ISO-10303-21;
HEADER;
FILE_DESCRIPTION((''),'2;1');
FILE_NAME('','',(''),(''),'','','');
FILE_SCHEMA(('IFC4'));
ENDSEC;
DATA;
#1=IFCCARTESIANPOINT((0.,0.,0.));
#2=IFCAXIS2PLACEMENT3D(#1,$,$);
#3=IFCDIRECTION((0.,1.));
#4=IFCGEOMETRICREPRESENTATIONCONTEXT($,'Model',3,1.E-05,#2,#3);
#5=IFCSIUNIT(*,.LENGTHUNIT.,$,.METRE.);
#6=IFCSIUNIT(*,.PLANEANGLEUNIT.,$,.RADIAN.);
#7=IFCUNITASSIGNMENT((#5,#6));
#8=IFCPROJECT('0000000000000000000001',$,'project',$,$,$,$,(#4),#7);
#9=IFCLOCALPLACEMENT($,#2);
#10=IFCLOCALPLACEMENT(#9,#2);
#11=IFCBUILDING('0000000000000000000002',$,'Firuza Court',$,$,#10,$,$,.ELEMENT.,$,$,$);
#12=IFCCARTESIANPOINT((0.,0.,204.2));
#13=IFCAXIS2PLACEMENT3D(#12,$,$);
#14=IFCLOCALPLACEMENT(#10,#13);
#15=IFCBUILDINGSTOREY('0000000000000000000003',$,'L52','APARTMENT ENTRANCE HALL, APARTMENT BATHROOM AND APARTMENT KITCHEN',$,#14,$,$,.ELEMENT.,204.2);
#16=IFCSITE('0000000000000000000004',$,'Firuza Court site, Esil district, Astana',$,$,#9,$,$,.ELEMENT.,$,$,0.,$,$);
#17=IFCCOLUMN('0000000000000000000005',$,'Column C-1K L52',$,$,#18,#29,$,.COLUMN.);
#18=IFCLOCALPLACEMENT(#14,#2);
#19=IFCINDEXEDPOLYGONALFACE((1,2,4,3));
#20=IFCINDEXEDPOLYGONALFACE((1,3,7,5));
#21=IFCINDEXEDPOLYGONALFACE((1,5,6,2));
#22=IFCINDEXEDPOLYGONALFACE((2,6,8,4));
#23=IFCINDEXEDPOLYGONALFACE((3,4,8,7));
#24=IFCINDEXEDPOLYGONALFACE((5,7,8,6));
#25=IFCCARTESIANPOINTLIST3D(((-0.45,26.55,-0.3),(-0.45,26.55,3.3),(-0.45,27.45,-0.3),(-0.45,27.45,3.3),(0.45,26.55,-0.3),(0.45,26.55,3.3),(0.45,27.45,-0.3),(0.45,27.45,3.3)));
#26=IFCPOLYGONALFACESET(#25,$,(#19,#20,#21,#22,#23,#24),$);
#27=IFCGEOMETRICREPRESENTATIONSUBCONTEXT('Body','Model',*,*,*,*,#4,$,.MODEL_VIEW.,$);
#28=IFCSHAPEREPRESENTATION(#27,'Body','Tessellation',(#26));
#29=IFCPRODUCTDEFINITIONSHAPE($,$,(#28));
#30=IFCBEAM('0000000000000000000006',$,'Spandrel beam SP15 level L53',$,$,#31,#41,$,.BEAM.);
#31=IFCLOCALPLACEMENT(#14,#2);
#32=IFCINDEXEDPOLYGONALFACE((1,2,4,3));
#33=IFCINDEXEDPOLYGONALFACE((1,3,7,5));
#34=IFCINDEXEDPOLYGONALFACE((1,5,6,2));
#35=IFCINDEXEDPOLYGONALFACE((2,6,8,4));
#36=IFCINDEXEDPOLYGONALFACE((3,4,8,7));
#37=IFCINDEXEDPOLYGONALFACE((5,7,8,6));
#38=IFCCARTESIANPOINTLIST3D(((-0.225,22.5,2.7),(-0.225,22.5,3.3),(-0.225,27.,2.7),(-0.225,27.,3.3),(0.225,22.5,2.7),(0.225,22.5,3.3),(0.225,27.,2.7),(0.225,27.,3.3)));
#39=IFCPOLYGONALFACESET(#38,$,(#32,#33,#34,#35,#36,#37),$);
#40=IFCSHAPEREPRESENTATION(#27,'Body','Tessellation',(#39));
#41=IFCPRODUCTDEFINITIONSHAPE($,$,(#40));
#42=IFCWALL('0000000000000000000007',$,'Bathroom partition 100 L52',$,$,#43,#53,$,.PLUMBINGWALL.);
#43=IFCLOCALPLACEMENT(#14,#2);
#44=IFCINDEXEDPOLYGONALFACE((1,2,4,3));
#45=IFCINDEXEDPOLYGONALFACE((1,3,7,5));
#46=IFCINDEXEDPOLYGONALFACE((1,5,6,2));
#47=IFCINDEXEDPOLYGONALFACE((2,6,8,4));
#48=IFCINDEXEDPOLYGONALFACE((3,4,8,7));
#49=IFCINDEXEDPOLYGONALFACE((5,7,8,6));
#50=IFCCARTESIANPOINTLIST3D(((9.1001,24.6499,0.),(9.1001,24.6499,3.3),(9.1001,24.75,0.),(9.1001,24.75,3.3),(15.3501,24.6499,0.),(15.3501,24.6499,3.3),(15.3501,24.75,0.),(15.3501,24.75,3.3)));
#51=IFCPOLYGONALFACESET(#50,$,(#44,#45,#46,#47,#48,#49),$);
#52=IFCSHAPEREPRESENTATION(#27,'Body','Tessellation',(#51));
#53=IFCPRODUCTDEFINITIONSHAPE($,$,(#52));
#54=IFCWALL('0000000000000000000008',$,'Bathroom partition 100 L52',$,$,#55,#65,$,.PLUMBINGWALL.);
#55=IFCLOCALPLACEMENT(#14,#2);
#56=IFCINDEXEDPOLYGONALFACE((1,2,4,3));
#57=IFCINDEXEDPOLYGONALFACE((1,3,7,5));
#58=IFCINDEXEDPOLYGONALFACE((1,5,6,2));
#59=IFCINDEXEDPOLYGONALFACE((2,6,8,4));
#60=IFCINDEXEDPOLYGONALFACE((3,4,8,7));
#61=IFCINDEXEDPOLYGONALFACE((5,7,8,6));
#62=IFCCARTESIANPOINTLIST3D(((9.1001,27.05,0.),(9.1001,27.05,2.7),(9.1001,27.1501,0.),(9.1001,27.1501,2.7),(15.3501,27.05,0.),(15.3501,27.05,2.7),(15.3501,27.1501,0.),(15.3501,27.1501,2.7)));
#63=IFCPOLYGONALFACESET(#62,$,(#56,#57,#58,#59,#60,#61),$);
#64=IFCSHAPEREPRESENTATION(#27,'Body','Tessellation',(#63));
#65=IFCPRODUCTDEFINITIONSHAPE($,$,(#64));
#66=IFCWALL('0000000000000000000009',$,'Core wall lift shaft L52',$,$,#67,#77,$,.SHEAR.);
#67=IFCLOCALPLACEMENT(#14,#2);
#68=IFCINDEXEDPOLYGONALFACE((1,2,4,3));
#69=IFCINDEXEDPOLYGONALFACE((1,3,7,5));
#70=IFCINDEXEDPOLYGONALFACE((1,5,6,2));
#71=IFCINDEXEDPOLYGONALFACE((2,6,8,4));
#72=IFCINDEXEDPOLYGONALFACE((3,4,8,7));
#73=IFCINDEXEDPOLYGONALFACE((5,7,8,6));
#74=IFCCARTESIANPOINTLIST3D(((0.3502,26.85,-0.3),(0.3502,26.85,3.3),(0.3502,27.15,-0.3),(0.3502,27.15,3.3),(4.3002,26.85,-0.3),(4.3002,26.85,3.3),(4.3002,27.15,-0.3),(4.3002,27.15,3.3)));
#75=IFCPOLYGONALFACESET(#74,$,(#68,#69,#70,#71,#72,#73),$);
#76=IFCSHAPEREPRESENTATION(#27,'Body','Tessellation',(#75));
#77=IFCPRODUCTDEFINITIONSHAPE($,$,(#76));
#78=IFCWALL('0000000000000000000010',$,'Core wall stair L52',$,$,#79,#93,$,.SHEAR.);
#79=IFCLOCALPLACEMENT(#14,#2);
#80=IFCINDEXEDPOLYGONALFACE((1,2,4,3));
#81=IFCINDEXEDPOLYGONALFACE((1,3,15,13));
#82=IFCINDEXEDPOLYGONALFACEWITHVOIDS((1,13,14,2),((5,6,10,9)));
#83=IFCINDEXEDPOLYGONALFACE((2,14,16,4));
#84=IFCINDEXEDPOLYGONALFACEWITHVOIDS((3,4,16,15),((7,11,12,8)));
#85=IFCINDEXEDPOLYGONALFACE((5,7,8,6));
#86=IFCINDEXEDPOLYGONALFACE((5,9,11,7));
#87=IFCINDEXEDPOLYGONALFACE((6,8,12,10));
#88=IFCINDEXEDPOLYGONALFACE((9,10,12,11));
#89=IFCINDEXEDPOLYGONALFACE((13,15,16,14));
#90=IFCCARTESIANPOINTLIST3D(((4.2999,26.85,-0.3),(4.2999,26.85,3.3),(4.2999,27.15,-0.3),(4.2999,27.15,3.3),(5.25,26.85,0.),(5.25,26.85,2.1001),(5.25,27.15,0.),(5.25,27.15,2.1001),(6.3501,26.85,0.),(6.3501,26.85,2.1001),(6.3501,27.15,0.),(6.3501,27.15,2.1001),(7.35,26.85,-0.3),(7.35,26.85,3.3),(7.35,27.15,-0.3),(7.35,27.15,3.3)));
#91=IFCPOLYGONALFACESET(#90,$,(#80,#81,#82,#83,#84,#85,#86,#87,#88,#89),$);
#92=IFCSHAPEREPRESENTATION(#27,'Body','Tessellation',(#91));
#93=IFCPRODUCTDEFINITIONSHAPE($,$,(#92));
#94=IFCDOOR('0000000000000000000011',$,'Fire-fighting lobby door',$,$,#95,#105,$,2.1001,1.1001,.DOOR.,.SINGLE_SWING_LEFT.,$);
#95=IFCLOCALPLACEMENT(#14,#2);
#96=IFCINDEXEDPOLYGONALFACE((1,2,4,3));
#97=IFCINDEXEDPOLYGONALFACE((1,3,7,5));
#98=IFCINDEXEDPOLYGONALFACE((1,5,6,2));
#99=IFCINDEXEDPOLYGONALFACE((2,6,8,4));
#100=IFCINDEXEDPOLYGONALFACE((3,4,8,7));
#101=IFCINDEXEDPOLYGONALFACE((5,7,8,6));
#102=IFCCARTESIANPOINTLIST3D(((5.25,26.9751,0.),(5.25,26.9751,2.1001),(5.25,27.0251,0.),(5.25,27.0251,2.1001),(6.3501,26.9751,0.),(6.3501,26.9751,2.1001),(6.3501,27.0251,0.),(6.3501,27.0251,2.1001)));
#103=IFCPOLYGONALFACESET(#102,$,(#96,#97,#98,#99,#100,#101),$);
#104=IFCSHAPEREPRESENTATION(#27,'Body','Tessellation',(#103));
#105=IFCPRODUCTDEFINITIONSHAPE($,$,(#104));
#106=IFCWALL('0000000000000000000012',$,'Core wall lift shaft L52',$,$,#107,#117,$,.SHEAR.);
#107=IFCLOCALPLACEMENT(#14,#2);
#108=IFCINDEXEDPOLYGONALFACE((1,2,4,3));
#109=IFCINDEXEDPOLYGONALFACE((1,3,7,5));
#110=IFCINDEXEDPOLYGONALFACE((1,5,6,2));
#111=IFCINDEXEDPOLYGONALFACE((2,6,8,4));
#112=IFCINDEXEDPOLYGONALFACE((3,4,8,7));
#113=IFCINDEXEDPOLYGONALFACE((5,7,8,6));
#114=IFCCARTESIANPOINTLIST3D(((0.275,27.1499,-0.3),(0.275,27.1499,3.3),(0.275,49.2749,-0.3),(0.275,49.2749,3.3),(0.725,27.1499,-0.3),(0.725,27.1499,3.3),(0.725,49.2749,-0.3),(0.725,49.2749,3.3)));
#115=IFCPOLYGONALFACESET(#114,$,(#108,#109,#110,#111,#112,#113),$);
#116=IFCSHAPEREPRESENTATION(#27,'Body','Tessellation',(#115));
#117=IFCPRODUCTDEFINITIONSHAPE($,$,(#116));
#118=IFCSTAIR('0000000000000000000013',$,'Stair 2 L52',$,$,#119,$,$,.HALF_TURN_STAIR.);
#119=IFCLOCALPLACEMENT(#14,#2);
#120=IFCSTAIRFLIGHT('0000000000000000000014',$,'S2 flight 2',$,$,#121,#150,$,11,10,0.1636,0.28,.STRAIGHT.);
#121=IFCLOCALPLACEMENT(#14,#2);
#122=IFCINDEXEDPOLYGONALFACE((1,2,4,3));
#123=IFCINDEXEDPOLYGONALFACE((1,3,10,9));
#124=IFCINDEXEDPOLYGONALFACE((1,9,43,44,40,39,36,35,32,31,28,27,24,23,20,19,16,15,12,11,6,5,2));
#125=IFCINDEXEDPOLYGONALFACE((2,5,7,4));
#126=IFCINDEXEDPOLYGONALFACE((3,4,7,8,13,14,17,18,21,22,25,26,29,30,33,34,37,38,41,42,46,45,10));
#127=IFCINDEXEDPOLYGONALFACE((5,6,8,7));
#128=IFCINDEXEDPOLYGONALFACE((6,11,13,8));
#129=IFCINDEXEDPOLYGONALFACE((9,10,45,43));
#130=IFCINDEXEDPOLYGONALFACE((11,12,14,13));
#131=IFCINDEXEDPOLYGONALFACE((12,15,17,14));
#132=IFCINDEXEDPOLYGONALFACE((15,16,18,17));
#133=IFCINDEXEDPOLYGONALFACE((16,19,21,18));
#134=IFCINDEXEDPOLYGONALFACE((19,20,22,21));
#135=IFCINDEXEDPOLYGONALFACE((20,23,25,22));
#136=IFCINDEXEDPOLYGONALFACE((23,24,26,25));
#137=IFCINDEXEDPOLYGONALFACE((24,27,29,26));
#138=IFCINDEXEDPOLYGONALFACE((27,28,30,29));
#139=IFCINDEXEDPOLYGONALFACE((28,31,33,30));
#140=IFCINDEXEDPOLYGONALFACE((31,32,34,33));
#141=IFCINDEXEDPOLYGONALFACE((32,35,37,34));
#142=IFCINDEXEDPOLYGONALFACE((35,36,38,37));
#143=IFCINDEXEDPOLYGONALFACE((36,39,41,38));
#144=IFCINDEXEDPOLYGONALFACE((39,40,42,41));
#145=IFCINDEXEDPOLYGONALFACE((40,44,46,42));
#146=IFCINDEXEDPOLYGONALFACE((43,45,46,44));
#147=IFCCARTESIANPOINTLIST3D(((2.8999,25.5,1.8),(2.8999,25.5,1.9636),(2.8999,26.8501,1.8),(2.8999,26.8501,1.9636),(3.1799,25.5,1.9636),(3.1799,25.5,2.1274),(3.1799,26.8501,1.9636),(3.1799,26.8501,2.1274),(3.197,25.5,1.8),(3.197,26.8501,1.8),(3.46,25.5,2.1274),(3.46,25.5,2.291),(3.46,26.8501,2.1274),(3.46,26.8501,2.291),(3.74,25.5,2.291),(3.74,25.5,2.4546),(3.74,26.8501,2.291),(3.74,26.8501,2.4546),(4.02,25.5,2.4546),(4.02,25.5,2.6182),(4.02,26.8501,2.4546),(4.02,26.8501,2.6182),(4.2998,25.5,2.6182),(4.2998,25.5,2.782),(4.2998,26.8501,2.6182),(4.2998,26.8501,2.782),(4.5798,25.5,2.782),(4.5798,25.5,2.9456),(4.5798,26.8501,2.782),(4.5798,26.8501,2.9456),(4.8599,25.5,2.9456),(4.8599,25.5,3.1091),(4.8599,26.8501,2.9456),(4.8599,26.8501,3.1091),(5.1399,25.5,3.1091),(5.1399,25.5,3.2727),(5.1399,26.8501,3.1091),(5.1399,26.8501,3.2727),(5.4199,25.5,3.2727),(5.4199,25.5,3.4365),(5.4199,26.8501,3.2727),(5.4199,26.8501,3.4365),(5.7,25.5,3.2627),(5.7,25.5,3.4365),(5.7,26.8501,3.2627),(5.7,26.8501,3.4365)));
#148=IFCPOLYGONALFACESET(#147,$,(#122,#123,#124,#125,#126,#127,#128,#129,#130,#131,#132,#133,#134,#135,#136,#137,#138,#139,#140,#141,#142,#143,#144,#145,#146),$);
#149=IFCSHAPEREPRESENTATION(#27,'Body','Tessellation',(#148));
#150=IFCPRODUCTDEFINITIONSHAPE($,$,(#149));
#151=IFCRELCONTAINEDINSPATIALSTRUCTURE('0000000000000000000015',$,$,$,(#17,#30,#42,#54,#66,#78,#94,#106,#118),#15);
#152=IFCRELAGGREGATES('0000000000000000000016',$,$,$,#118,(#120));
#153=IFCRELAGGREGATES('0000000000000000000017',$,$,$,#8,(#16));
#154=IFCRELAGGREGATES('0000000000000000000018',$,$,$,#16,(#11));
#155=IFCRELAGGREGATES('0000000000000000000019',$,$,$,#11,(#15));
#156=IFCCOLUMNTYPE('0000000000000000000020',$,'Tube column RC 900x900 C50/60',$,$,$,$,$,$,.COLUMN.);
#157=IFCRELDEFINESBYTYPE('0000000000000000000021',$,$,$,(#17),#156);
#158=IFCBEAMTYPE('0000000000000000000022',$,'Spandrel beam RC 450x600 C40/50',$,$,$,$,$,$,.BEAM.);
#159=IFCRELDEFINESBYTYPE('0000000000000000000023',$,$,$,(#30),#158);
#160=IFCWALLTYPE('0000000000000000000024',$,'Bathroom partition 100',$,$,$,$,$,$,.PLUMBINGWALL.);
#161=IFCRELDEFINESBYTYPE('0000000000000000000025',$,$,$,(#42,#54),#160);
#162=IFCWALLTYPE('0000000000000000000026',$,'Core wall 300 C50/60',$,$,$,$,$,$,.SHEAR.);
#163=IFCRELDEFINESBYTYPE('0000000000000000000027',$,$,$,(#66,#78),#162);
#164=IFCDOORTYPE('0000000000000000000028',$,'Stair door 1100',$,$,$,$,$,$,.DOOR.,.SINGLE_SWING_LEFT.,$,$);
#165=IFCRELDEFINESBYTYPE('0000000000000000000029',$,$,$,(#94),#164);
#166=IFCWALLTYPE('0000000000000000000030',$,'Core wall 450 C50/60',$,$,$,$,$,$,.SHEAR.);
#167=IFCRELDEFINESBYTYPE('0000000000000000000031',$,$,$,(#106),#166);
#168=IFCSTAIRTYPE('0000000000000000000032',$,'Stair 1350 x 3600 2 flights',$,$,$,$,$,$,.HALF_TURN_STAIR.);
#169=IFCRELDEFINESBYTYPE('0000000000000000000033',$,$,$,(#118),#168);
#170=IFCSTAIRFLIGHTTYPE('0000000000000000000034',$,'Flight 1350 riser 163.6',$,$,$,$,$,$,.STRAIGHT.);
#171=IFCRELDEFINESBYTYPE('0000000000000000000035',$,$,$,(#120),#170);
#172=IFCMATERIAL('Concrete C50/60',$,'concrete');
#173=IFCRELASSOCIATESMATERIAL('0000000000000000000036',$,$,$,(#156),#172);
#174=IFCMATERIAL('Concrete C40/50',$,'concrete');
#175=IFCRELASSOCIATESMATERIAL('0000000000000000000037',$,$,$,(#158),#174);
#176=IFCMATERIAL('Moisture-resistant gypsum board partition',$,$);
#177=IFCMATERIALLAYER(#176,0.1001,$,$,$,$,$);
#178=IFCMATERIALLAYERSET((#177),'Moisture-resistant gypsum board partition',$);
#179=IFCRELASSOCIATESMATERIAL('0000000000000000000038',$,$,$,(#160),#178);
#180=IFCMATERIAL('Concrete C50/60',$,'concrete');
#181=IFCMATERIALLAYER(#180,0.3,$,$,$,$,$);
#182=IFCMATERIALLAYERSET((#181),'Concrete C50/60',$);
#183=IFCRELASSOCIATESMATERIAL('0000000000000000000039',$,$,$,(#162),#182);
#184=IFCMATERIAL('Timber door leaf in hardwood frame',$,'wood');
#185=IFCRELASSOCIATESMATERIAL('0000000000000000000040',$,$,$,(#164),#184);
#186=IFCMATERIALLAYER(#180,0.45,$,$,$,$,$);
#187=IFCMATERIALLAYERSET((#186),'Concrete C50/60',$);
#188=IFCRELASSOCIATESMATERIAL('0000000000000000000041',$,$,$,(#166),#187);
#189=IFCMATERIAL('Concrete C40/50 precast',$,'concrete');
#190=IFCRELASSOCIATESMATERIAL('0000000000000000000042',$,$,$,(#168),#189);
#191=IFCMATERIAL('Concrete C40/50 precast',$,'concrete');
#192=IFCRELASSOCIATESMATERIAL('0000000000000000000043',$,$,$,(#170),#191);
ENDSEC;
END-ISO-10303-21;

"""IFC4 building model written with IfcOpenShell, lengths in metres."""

from ifc_helpers import new_model, si_unit, direction, frame, frame_2d, origin, origin_2d, place, context, subcontext, project, spatial, polyline, rectangle, outline, extrude, material, layer, layer_set, material_profile, profile_set, type_object, element, fill, aggregate, save


model = new_model("IFC4")

# Units and contexts
model_context = context("Model", 3, precision=1e-05, world=origin(), true_north=direction((0.0, 1.0)))
body_context = subcontext(model_context, "Body", "Model", "MODEL_VIEW")
ifc_project = project(units=[si_unit("LENGTHUNIT", "METRE"), si_unit("PLANEANGLEUNIT", "RADIAN")], contexts=[model_context])

# Site, building, storey
site_placement = place(None, origin())
site = spatial("IfcSite", under=ifc_project, at=site_placement, Name="Firuza Court site, Esil district, Astana", CompositionType="ELEMENT", RefElevation=0.0)
building_placement = place(site_placement, origin())
building = spatial("IfcBuilding", under=site, at=building_placement, Name="Firuza Court", CompositionType="ELEMENT")
storey_placement = place(building_placement, frame((0.0, 0.0, 204.2)))
storey = spatial("IfcBuildingStorey", under=building, at=storey_placement, Name="L52", Description="APARTMENT ENTRANCE HALL, APARTMENT BATHROOM AND APARTMENT KITCHEN", CompositionType="ELEMENT", Elevation=204.2)

# Column
ifc_material_1 = material(Name="Concrete C50/60", Category="concrete")
ifc_material_profile_1 = material_profile(ifc_material_1, rectangle(XDim=0.8999, YDim=0.8999, at=origin_2d()), Name="RC 900x900")
ifc_profile_set_1 = profile_set([ifc_material_profile_1], Name="Concrete C50/60")
column_type = type_object("IfcColumnType", Name="Tube column RC 900x900 C50/60", PredefinedType="COLUMN", material=ifc_profile_set_1)
column_placement = place(storey_placement, frame((0.0, 27.0, -0.3), z_axis=(0.0, 0.0, 1.0), x_axis=(1.0, 0.0, 0.0)))
element("IfcColumn", 1, at=column_placement, inside=storey, type_object=column_type, Name="Column C-1K L52", PredefinedType="COLUMN", context=body_context, shape_type="SweptSolid", body=[
    extrude(rectangle(XDim=0.8999, YDim=0.8999, at=origin_2d()), origin(), (0.0, 0.0, 1.0), 3.6001),
])

# Beam
ifc_material_2 = material(Name="Concrete C40/50", Category="concrete")
ifc_material_profile_2 = material_profile(ifc_material_2, rectangle(XDim=0.45, YDim=0.6001, at=origin_2d()), Name="RC 450x600")
ifc_profile_set_2 = profile_set([ifc_material_profile_2], Name="Concrete C40/50")
beam_type = type_object("IfcBeamType", Name="Spandrel beam RC 450x600 C40/50", PredefinedType="BEAM", material=ifc_profile_set_2)
beam_placement = place(storey_placement, frame((0.0, 27.0, 3.0), z_axis=(0.0, -1.0, 0.0), x_axis=(1.0, 0.0, 0.0)))
element("IfcBeam", 2, at=beam_placement, inside=storey, type_object=beam_type, Name="Spandrel beam SP15 level L53", PredefinedType="BEAM", context=body_context, shape_type="SweptSolid", body=[
    extrude(rectangle(XDim=0.45, YDim=0.6001, at=origin_2d()), origin(), (0.0, 0.0, 1.0), 4.5),
])

# Walls
ifc_material_3 = material(Name="Moisture-resistant gypsum board partition")
ifc_layer_1 = layer(ifc_material_3, 0.1001)
ifc_layer_set_1 = layer_set([ifc_layer_1], Name="Moisture-resistant gypsum board partition")
wall_type_1 = type_object("IfcWallType", Name="Bathroom partition 100", PredefinedType="PLUMBINGWALL", material=ifc_layer_set_1)
wall_1_placement = place(storey_placement, frame((9.1001, 24.7, 0.0), z_axis=(0.0, 0.0, 1.0), x_axis=(1.0, 0.0, 0.0)))
element("IfcWall", 3, at=wall_1_placement, inside=storey, type_object=wall_type_1, Name="Bathroom partition 100 L52", PredefinedType="PLUMBINGWALL", context=body_context, shape_type="SweptSolid", body=[
    extrude(rectangle(XDim=6.25, YDim=0.1001, at=frame_2d((3.125, 0.0))), origin(), (0.0, 0.0, 1.0), 3.3),
])
wall_2_placement = place(storey_placement, frame((9.1001, 27.1001, 0.0), z_axis=(0.0, 0.0, 1.0), x_axis=(1.0, 0.0, 0.0)))
element("IfcWall", 4, at=wall_2_placement, inside=storey, type_object=wall_type_1, Name="Bathroom partition 100 L52", PredefinedType="PLUMBINGWALL", context=body_context, shape_type="SweptSolid", body=[
    extrude(rectangle(XDim=6.25, YDim=0.1001, at=frame_2d((3.125, 0.0))), origin(), (0.0, 0.0, 1.0), 2.7),
])
ifc_material_4 = material(Name="Concrete C50/60", Category="concrete")
ifc_layer_2 = layer(ifc_material_4, 0.3)
ifc_layer_set_2 = layer_set([ifc_layer_2], Name="Concrete C50/60")
wall_type_2 = type_object("IfcWallType", Name="Core wall 300 C50/60", PredefinedType="SHEAR", material=ifc_layer_set_2)
wall_3_placement = place(storey_placement, frame((0.3501, 27.0, -0.3), z_axis=(0.0, 0.0, 1.0), x_axis=(1.0, 0.0, 0.0)))
element("IfcWall", 5, at=wall_3_placement, inside=storey, type_object=wall_type_2, Name="Core wall lift shaft L52", PredefinedType="SHEAR", context=body_context, shape_type="SweptSolid", body=[
    extrude(rectangle(XDim=3.95, YDim=0.3, at=frame_2d((1.9751, 0.0))), origin(), (0.0, 0.0, 1.0), 3.6001),
])

# Wall, opening, door
wall_4_placement = place(storey_placement, frame((4.3, 27.0, -0.3), z_axis=(0.0, 0.0, 1.0), x_axis=(1.0, 0.0, 0.0)))
wall_4 = element("IfcWall", 6, at=wall_4_placement, inside=storey, type_object=wall_type_2, Name="Core wall stair L52", PredefinedType="SHEAR", context=body_context, shape_type="SweptSolid", body=[
    extrude(rectangle(XDim=3.05, YDim=0.3, at=frame_2d((1.5249, 0.0))), origin(), (0.0, 0.0, 1.0), 3.6001),
])
opening_1_placement = place(wall_4_placement, frame((0.95, 0.0, 0.3)))
opening_1 = element("IfcOpeningElement", 7, at=opening_1_placement, cuts=wall_4, PredefinedType="OPENING", context=body_context, shape_type="SweptSolid", body=[
    extrude(rectangle(XDim=1.1001, YDim=2.1001, at=frame_2d((0.55, 1.05))), frame((0.0, 0.1621, 0.0), z_axis=(0.0, -1.0, 0.0), x_axis=(1.0, 0.0, 0.0)), (0.0, 0.0, 1.0), 0.324),
])
ifc_material_5 = material(Name="Timber door leaf in hardwood frame", Category="wood")
door_type_1 = type_object("IfcDoorType", Name="Stair door 1100", OperationType="SINGLE_SWING_LEFT", PredefinedType="DOOR", material=ifc_material_5)
door_1_placement = place(opening_1_placement, frame((1.1001, 0.0, 0.0), z_axis=(0.0, 0.0, 1.0), x_axis=(-1.0, 0.0, 0.0)))
door_1 = element("IfcDoor", 8, at=door_1_placement, inside=storey, type_object=door_type_1, Name="Fire-fighting lobby door", OperationType="SINGLE_SWING_LEFT", OverallHeight=2.1001, OverallWidth=1.1001, PredefinedType="DOOR", context=body_context, shape_type="SweptSolid", body=[
    extrude(rectangle(XDim=1.1001, YDim=2.1001, at=frame_2d((0.55, 1.05))), frame((0.0, 0.0249, 0.0), z_axis=(0.0, -1.0, 0.0), x_axis=(1.0, 0.0, 0.0)), (0.0, 0.0, 1.0), 0.05),
])
fill(opening_1, door_1)

# Wall
ifc_layer_3 = layer(ifc_material_4, 0.45)
ifc_layer_set_3 = layer_set([ifc_layer_3], Name="Concrete C50/60")
wall_type_3 = type_object("IfcWallType", Name="Core wall 450 C50/60", PredefinedType="SHEAR", material=ifc_layer_set_3)
wall_5_placement = place(storey_placement, frame((0.5, 27.1499, -0.3), z_axis=(0.0, 0.0, 1.0), x_axis=(0.0, 1.0, 0.0)))
element("IfcWall", 9, at=wall_5_placement, inside=storey, type_object=wall_type_3, Name="Core wall lift shaft L52", PredefinedType="SHEAR", context=body_context, shape_type="SweptSolid", body=[
    extrude(rectangle(XDim=22.125, YDim=0.45, at=frame_2d((11.0625, 0.0))), origin(), (0.0, 0.0, 1.0), 3.6001),
])

# Stair, stair flight
ifc_material_6 = material(Name="Concrete C40/50 precast", Category="concrete")
stair_type = type_object("IfcStairType", Name="Stair 1350 x 3600 2 flights", PredefinedType="HALF_TURN_STAIR", material=ifc_material_6)
stair_placement = place(storey_placement, origin())
stair = element("IfcStair", 10, at=stair_placement, inside=storey, type_object=stair_type, Name="Stair 2 L52", PredefinedType="HALF_TURN_STAIR")
ifc_material_7 = material(Name="Concrete C40/50 precast", Category="concrete")
stair_flight_type = type_object("IfcStairFlightType", Name="Flight 1350 riser 163.6", PredefinedType="STRAIGHT", material=ifc_material_7)
stair_flight_placement = place(storey_placement, frame((2.8999, 26.175, 1.8), z_axis=(0.0, 0.0, 1.0), x_axis=(1.0, 0.0, 0.0)))
stair_flight = element("IfcStairFlight", 11, at=stair_flight_placement, type_object=stair_flight_type, Name="S2 flight 2", NumberOfRisers=11, NumberOfTreads=10, PredefinedType="STRAIGHT", RiserHeight=0.1636, TreadLength=0.28, context=body_context, shape_type="SweptSolid", body=[
    extrude(outline(polyline([(0.0, 0.0), (0.0, 0.1636), (0.28, 0.1636), (0.28, 0.3274), (0.5601, 0.3274), (0.5601, 0.491), (0.8401, 0.491), (0.8401, 0.6545), (1.1201, 0.6545), (1.1201, 0.8181), (1.3999, 0.8181), (1.3999, 0.9819), (1.6799, 0.9819), (1.6799, 1.1455), (1.96, 1.1455), (1.96, 1.3091), (2.24, 1.3091), (2.24, 1.4727), (2.52, 1.4727), (2.52, 1.6365), (2.8, 1.6365), (2.8, 1.8), (2.8, 1.4626), (0.2971, 0.0), (0.0, 0.0)])), frame((0.0, 0.675, 0.0), z_axis=(0.0, -1.0, 0.0), x_axis=(1.0, 0.0, 0.0)), (0.0, 0.0, 1.0), 1.3501),
])
aggregate(stair, [stair_flight])

save(model, "model.ifc")
